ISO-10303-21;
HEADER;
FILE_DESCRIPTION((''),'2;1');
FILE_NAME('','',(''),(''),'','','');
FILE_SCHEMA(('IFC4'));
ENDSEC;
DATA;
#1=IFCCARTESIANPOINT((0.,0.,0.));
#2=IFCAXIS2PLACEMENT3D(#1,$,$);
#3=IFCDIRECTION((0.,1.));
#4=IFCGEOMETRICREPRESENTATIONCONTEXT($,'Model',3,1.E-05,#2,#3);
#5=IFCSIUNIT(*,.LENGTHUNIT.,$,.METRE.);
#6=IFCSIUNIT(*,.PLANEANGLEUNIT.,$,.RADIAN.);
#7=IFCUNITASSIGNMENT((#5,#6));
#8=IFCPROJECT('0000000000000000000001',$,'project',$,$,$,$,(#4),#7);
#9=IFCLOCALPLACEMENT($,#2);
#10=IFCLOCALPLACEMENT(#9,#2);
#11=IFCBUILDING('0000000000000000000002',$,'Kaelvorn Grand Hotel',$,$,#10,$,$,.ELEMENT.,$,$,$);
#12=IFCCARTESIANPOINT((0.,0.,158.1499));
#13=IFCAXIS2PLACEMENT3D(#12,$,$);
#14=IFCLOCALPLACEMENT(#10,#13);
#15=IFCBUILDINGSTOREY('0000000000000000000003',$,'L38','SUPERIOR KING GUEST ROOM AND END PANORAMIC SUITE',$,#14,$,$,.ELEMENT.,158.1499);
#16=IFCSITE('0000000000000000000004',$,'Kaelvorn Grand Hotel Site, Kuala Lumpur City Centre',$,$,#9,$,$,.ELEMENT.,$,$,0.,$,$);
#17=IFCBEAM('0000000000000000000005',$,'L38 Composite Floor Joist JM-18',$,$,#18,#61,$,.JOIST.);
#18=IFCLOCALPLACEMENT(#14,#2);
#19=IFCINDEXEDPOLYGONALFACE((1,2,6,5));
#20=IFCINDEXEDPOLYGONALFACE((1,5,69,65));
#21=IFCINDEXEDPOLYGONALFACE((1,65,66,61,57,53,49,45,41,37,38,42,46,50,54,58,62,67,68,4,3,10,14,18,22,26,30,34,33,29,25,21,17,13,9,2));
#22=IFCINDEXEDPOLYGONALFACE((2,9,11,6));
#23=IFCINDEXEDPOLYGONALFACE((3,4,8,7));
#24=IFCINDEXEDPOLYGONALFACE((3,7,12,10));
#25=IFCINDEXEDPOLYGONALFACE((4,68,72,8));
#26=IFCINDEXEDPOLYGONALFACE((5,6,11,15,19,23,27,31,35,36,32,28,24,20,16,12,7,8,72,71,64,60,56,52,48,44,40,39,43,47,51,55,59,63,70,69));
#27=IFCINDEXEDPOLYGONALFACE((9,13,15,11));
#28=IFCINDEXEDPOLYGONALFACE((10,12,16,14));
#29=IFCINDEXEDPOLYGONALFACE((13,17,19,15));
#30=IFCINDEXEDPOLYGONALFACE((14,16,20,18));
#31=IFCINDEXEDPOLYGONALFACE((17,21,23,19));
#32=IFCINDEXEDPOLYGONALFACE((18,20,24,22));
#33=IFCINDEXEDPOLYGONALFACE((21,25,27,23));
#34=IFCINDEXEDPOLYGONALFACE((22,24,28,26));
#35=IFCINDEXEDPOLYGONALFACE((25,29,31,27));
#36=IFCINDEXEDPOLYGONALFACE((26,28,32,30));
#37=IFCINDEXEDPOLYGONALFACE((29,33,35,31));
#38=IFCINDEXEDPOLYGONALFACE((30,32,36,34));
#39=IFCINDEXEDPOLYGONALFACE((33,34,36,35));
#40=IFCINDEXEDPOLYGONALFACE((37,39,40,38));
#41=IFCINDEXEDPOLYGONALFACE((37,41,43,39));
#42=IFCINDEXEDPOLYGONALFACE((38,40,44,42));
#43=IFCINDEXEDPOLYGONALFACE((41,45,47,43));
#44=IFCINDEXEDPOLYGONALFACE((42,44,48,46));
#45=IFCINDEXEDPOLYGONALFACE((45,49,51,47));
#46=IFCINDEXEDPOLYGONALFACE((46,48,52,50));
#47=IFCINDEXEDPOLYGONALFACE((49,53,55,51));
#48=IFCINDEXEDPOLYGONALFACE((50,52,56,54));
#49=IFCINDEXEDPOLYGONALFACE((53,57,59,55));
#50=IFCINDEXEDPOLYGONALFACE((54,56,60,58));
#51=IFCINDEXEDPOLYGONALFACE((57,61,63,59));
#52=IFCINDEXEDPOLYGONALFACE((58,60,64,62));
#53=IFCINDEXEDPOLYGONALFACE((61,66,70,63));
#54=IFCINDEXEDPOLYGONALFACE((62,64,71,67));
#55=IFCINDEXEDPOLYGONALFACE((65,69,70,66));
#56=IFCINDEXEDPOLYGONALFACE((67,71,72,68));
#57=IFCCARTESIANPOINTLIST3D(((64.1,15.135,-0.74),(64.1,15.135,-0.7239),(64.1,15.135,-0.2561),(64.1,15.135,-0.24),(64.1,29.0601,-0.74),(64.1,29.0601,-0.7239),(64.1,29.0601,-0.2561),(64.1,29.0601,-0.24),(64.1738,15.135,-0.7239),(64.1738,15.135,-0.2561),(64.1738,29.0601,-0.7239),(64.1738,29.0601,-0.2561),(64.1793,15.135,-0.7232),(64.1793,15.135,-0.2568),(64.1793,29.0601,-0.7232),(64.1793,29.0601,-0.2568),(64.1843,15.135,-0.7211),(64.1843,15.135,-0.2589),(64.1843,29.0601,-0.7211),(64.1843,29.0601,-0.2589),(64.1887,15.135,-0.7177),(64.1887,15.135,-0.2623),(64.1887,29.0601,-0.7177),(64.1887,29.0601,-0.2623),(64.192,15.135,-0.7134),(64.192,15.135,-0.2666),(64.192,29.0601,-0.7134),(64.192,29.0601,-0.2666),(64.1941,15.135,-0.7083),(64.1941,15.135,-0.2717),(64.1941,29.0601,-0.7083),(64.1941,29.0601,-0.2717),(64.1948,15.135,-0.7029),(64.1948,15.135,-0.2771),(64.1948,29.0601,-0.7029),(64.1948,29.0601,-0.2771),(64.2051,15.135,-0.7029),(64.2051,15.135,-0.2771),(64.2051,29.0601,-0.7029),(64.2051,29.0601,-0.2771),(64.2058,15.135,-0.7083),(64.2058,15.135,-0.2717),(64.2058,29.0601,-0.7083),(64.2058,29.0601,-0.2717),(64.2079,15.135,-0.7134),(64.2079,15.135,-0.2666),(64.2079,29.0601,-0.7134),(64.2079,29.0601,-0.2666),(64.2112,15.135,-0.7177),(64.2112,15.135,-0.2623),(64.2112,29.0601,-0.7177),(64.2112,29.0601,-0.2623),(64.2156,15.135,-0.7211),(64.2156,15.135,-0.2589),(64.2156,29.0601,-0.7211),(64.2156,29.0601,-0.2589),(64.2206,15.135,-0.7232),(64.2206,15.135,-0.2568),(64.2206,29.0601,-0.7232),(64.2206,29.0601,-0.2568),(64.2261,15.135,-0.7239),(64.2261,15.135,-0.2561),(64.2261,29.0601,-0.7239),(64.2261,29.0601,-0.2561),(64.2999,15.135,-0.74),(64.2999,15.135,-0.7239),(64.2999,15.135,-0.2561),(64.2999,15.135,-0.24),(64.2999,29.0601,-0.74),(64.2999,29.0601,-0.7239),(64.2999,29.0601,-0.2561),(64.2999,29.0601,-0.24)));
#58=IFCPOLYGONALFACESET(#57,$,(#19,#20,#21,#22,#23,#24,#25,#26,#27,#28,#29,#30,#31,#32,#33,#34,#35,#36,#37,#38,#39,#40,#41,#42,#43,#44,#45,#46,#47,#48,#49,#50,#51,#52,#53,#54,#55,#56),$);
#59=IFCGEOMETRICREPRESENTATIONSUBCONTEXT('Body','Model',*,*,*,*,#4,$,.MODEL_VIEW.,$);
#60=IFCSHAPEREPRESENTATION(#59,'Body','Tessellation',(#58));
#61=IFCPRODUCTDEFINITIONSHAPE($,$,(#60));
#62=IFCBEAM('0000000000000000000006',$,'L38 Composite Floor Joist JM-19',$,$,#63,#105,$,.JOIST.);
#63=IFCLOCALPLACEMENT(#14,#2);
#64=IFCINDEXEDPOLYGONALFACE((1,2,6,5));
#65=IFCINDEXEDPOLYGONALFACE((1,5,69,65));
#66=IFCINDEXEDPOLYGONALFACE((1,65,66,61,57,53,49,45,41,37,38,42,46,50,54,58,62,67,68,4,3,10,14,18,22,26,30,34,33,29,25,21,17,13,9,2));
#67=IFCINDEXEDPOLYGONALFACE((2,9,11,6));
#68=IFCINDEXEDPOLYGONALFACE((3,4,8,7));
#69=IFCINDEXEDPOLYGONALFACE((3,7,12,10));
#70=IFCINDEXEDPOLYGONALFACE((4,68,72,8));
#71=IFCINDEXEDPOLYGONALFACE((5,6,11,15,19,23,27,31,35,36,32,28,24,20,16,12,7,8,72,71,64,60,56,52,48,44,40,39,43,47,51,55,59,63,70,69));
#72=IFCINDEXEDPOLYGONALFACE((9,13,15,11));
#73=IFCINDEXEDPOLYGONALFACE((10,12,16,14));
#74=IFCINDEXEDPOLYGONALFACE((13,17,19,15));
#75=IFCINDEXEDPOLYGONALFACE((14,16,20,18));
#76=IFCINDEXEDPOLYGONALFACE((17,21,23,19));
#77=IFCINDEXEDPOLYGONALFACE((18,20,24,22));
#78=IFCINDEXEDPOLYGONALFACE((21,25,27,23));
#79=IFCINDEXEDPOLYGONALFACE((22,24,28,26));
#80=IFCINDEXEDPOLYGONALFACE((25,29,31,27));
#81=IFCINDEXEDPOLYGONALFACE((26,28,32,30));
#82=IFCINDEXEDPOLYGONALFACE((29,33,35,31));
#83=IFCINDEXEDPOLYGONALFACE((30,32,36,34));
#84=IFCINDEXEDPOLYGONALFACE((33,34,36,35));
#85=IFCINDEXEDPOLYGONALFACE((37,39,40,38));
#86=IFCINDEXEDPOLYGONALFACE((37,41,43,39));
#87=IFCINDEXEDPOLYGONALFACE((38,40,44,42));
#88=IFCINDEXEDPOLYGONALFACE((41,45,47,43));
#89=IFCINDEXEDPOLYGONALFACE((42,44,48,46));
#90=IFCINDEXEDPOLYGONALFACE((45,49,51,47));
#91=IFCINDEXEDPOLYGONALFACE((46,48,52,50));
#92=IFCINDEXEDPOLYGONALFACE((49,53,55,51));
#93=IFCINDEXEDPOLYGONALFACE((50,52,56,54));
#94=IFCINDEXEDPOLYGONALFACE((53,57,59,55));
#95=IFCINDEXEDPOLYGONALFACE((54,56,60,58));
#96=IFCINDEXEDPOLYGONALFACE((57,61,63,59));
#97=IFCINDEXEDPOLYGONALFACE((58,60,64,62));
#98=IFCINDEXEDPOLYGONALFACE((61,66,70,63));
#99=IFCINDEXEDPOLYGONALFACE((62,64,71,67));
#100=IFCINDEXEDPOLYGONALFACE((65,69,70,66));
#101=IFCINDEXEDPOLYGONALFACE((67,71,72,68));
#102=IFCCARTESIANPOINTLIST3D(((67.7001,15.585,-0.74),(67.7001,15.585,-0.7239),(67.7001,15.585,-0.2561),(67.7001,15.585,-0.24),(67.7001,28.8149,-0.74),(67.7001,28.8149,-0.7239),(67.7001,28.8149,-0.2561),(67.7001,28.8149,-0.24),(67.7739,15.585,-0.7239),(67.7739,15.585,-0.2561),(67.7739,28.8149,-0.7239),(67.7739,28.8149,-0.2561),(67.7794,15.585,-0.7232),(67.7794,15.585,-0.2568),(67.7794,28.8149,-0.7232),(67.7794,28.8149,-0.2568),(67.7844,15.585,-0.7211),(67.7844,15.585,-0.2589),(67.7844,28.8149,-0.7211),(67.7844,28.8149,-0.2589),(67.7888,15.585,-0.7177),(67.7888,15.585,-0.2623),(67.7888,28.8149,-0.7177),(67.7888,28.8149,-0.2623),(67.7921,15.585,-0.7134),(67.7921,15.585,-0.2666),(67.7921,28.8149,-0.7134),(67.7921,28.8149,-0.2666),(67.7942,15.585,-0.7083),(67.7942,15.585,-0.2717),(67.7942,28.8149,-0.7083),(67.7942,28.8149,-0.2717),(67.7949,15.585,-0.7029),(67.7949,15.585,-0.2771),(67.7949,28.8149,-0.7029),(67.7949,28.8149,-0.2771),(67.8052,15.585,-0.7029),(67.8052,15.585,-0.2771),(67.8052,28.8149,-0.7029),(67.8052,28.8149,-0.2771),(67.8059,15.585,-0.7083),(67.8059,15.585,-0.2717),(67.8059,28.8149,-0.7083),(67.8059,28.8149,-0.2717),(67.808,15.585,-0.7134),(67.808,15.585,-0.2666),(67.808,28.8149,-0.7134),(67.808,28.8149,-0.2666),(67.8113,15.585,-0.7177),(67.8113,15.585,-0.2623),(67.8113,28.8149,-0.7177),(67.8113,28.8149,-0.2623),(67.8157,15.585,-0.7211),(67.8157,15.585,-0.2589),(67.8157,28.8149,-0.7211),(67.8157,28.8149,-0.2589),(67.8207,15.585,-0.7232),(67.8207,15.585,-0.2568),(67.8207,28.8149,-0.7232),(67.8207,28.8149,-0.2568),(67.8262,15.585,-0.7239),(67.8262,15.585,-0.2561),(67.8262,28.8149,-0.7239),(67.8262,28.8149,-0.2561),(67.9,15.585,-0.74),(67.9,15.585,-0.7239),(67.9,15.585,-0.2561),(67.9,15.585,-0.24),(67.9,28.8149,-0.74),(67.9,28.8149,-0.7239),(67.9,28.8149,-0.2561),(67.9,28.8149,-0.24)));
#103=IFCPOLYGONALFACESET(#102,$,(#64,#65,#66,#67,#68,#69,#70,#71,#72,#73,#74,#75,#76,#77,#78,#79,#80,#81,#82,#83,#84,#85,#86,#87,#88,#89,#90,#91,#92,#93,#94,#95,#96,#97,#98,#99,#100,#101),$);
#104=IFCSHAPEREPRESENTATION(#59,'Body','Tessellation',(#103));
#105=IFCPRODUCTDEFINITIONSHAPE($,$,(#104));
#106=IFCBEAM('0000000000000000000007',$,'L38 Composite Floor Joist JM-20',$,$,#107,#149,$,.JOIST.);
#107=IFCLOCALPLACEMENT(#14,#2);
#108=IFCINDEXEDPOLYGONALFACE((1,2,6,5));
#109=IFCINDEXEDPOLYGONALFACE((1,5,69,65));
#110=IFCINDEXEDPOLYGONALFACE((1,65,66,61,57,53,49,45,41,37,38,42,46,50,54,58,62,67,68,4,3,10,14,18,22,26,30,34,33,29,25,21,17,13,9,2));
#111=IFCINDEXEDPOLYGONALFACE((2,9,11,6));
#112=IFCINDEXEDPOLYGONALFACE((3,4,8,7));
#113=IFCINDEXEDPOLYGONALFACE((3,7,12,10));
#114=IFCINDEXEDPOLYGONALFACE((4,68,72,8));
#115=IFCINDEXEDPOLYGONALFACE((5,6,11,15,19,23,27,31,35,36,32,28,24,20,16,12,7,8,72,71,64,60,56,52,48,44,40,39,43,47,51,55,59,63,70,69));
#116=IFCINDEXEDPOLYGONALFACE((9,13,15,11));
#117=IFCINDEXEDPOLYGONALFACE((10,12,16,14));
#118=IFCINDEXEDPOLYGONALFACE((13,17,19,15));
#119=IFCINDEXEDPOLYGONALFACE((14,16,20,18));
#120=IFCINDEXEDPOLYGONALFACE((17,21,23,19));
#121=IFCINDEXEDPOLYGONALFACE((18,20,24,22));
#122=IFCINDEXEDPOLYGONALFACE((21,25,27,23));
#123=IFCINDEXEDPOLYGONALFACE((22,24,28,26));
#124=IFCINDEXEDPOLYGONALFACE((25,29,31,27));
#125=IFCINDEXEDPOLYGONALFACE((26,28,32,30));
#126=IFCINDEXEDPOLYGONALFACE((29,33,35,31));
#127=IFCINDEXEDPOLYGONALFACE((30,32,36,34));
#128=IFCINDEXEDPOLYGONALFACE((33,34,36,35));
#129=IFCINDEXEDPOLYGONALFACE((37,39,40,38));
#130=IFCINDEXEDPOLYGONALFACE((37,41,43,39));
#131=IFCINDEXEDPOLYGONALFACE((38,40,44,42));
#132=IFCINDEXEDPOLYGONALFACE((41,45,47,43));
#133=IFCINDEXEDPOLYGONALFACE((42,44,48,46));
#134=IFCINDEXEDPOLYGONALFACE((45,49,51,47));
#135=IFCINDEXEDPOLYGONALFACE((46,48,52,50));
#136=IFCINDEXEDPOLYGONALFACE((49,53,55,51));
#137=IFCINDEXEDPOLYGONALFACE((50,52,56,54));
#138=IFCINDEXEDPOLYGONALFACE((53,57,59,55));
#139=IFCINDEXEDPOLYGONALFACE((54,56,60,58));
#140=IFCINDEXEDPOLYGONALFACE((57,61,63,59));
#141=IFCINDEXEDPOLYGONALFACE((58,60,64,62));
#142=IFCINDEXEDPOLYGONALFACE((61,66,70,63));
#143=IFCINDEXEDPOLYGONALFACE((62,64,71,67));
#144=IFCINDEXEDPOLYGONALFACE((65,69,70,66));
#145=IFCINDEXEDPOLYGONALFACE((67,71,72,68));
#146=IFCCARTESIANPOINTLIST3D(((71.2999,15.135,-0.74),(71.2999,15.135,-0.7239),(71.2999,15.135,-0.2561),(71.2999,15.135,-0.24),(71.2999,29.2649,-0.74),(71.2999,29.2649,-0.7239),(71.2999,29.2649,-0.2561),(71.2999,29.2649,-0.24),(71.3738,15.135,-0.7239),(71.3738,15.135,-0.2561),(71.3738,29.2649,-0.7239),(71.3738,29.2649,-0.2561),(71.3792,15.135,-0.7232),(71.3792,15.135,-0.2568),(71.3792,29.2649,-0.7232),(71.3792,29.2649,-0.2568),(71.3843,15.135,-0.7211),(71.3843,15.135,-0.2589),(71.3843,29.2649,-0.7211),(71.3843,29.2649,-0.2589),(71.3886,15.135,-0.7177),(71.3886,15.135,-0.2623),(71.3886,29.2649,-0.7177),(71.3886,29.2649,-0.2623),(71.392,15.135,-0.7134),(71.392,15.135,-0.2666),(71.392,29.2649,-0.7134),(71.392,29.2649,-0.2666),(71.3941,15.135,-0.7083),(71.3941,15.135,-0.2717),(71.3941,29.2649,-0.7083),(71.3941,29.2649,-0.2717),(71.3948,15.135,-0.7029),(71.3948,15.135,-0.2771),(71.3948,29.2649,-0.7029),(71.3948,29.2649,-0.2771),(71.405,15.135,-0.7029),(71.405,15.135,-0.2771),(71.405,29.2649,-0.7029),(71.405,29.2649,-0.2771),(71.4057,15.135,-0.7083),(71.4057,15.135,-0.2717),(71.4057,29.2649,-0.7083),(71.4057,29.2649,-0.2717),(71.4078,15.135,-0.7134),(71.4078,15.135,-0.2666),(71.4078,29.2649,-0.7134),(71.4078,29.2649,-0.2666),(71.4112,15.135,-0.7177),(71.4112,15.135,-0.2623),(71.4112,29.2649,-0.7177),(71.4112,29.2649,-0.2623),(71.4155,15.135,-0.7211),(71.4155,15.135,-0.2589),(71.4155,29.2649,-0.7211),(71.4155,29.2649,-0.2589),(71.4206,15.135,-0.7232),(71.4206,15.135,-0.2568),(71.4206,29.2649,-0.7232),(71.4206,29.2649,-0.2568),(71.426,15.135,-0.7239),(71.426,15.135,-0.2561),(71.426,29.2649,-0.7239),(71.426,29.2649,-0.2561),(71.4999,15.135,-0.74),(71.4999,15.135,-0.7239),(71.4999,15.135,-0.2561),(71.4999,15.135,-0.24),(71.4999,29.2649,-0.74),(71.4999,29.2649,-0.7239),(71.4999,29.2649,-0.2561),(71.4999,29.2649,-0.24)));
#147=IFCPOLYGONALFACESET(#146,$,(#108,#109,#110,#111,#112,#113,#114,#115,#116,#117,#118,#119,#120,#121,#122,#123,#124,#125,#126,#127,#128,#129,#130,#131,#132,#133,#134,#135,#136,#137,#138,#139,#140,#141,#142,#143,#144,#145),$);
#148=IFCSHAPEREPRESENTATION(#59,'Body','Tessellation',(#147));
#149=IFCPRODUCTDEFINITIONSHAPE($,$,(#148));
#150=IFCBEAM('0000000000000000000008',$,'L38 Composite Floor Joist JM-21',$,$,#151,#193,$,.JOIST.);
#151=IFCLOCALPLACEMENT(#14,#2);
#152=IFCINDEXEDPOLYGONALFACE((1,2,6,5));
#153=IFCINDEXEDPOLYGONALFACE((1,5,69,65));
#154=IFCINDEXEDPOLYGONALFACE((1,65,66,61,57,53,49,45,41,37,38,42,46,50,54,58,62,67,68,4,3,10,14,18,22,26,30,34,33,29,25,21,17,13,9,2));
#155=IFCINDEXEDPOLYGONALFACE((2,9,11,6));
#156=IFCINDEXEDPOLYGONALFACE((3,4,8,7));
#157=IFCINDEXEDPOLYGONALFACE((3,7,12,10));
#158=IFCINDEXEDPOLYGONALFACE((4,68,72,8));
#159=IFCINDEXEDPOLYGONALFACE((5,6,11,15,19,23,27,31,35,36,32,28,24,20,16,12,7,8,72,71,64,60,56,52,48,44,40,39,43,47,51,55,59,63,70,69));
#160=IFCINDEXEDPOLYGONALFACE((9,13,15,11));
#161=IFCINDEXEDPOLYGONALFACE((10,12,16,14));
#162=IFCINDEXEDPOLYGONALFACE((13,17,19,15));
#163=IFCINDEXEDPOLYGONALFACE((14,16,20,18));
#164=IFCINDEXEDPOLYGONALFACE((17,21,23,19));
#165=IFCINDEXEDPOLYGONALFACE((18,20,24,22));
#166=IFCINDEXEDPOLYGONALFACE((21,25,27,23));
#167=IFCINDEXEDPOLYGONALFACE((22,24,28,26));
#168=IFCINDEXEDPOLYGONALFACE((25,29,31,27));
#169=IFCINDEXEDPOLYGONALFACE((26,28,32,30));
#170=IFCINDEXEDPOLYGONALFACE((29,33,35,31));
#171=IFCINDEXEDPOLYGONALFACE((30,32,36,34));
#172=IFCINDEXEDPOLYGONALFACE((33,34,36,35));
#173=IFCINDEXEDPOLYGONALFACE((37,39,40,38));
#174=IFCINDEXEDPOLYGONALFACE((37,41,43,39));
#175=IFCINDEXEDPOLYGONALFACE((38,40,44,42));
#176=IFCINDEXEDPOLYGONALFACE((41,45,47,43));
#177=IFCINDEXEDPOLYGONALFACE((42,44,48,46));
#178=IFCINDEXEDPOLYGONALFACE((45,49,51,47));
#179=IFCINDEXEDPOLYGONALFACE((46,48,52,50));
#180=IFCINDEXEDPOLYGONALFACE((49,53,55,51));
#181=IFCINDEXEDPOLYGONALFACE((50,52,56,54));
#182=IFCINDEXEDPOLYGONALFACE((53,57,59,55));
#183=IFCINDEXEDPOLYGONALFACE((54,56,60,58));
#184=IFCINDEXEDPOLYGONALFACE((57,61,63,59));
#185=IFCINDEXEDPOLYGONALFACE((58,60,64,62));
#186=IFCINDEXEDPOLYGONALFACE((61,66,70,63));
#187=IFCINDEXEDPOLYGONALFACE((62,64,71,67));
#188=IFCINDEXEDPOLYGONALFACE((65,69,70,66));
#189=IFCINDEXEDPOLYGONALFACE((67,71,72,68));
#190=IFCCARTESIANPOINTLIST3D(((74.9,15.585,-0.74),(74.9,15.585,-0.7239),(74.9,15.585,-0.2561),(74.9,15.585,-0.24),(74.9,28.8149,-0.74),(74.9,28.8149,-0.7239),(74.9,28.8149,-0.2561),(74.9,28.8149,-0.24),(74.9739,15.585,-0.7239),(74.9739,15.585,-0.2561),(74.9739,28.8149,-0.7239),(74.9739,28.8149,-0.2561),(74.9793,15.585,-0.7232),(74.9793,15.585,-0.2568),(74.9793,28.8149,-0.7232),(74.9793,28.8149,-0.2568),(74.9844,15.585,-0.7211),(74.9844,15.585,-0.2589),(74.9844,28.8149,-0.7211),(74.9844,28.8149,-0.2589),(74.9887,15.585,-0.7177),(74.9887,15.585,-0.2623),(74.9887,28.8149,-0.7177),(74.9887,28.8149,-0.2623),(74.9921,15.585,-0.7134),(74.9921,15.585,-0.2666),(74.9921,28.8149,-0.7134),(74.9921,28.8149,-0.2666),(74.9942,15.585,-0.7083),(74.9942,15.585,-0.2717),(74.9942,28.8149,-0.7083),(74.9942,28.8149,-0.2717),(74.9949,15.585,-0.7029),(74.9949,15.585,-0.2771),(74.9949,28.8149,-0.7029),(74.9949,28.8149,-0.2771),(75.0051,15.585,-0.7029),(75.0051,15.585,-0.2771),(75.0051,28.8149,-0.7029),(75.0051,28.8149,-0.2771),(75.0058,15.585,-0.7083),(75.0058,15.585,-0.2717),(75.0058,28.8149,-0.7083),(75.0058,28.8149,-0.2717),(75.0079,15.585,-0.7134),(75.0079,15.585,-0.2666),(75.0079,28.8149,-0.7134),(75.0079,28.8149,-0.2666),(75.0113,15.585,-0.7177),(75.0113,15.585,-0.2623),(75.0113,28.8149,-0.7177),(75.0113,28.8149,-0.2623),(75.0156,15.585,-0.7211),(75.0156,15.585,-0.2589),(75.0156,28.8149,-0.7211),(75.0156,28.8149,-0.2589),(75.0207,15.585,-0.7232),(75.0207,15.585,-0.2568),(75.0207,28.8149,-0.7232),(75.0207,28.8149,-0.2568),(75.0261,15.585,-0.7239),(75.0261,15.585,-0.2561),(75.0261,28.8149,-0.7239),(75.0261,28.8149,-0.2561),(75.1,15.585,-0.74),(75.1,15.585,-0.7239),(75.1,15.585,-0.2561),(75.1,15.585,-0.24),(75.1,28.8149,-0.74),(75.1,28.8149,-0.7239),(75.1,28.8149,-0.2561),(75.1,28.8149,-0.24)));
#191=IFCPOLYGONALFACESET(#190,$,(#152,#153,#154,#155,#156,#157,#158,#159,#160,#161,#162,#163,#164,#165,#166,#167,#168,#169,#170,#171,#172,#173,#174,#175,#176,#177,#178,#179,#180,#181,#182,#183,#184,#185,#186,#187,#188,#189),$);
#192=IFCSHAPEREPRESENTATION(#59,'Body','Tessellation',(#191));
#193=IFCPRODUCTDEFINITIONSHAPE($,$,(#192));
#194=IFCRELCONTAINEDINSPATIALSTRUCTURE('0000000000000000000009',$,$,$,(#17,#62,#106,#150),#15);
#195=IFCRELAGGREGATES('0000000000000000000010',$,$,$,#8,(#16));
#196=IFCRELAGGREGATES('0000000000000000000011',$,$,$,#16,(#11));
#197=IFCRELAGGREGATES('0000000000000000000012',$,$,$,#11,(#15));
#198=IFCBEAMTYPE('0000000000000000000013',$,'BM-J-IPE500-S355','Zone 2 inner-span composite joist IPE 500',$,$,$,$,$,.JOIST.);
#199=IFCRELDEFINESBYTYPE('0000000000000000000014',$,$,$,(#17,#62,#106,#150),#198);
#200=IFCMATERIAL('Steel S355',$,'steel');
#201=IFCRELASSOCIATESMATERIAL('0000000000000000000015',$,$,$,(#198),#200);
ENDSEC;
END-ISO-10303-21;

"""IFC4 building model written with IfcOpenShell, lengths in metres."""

from ifc_helpers import new_model, si_unit, direction, frame, origin, origin_2d, place, context, subcontext, project, spatial, i_section, extrude, material, material_profile, profile_set, type_object, element, save


model = new_model("IFC4")

# Units and contexts
model_context = context("Model", 3, precision=1e-05, world=origin(), true_north=direction((0.0, 1.0)))
body_context = subcontext(model_context, "Body", "Model", "MODEL_VIEW")
ifc_project = project(units=[si_unit("LENGTHUNIT", "METRE"), si_unit("PLANEANGLEUNIT", "RADIAN")], contexts=[model_context])

# Site, building, storey
site_placement = place(None, origin())
site = spatial("IfcSite", under=ifc_project, at=site_placement, Name="Kaelvorn Grand Hotel Site, Kuala Lumpur City Centre", CompositionType="ELEMENT", RefElevation=0.0)
building_placement = place(site_placement, origin())
building = spatial("IfcBuilding", under=site, at=building_placement, Name="Kaelvorn Grand Hotel", CompositionType="ELEMENT")
storey_placement = place(building_placement, frame((0.0, 0.0, 158.1499)))
storey = spatial("IfcBuildingStorey", under=building, at=storey_placement, Name="L38", Description="SUPERIOR KING GUEST ROOM AND END PANORAMIC SUITE", CompositionType="ELEMENT", Elevation=158.1499)

# Beams
ifc_material_1 = material(Name="Steel S355", Category="steel")
ifc_material_profile_1 = material_profile(ifc_material_1, i_section(OverallWidth=0.2, OverallDepth=0.5, WebThickness=0.0103, FlangeThickness=0.0161, FilletRadius=0.021, at=origin_2d()), Name="IPE 500")
ifc_profile_set_1 = profile_set([ifc_material_profile_1], Name="Steel S355")
beam_type_1 = type_object("IfcBeamType", Name="BM-J-IPE500-S355", Description="Zone 2 inner-span composite joist IPE 500", PredefinedType="JOIST", material=ifc_profile_set_1)
beam_1_placement = place(storey_placement, frame((64.2, 15.135, -0.49), z_axis=(0.0, 1.0, 0.0), x_axis=(-1.0, 0.0, 0.0)))
element("IfcBeam", 1, at=beam_1_placement, inside=storey, type_object=beam_type_1, Name="L38 Composite Floor Joist JM-18", PredefinedType="JOIST", context=body_context, shape_type="SweptSolid", body=[
    extrude(i_section(OverallWidth=0.2, OverallDepth=0.5, WebThickness=0.0103, FlangeThickness=0.0161, FilletRadius=0.021, at=origin_2d()), origin(), (0.0, 0.0, 1.0), 13.925),
])
beam_2_placement = place(storey_placement, frame((67.8, 15.585, -0.49), z_axis=(0.0, 1.0, 0.0), x_axis=(-1.0, 0.0, 0.0)))
element("IfcBeam", 2, at=beam_2_placement, inside=storey, type_object=beam_type_1, Name="L38 Composite Floor Joist JM-19", PredefinedType="JOIST", context=body_context, shape_type="SweptSolid", body=[
    extrude(i_section(OverallWidth=0.2, OverallDepth=0.5, WebThickness=0.0103, FlangeThickness=0.0161, FilletRadius=0.021, at=origin_2d()), origin(), (0.0, 0.0, 1.0), 13.23),
])
beam_3_placement = place(storey_placement, frame((71.3999, 15.135, -0.49), z_axis=(0.0, 1.0, 0.0), x_axis=(-1.0, 0.0, 0.0)))
element("IfcBeam", 3, at=beam_3_placement, inside=storey, type_object=beam_type_1, Name="L38 Composite Floor Joist JM-20", PredefinedType="JOIST", context=body_context, shape_type="SweptSolid", body=[
    extrude(i_section(OverallWidth=0.2, OverallDepth=0.5, WebThickness=0.0103, FlangeThickness=0.0161, FilletRadius=0.021, at=origin_2d()), origin(), (0.0, 0.0, 1.0), 14.1299),
])
beam_4_placement = place(storey_placement, frame((75.0, 15.585, -0.49), z_axis=(0.0, 1.0, 0.0), x_axis=(-1.0, 0.0, 0.0)))
element("IfcBeam", 4, at=beam_4_placement, inside=storey, type_object=beam_type_1, Name="L38 Composite Floor Joist JM-21", PredefinedType="JOIST", context=body_context, shape_type="SweptSolid", body=[
    extrude(i_section(OverallWidth=0.2, OverallDepth=0.5, WebThickness=0.0103, FlangeThickness=0.0161, FilletRadius=0.021, at=origin_2d()), origin(), (0.0, 0.0, 1.0), 13.23),
])

save(model, "model.ifc")
